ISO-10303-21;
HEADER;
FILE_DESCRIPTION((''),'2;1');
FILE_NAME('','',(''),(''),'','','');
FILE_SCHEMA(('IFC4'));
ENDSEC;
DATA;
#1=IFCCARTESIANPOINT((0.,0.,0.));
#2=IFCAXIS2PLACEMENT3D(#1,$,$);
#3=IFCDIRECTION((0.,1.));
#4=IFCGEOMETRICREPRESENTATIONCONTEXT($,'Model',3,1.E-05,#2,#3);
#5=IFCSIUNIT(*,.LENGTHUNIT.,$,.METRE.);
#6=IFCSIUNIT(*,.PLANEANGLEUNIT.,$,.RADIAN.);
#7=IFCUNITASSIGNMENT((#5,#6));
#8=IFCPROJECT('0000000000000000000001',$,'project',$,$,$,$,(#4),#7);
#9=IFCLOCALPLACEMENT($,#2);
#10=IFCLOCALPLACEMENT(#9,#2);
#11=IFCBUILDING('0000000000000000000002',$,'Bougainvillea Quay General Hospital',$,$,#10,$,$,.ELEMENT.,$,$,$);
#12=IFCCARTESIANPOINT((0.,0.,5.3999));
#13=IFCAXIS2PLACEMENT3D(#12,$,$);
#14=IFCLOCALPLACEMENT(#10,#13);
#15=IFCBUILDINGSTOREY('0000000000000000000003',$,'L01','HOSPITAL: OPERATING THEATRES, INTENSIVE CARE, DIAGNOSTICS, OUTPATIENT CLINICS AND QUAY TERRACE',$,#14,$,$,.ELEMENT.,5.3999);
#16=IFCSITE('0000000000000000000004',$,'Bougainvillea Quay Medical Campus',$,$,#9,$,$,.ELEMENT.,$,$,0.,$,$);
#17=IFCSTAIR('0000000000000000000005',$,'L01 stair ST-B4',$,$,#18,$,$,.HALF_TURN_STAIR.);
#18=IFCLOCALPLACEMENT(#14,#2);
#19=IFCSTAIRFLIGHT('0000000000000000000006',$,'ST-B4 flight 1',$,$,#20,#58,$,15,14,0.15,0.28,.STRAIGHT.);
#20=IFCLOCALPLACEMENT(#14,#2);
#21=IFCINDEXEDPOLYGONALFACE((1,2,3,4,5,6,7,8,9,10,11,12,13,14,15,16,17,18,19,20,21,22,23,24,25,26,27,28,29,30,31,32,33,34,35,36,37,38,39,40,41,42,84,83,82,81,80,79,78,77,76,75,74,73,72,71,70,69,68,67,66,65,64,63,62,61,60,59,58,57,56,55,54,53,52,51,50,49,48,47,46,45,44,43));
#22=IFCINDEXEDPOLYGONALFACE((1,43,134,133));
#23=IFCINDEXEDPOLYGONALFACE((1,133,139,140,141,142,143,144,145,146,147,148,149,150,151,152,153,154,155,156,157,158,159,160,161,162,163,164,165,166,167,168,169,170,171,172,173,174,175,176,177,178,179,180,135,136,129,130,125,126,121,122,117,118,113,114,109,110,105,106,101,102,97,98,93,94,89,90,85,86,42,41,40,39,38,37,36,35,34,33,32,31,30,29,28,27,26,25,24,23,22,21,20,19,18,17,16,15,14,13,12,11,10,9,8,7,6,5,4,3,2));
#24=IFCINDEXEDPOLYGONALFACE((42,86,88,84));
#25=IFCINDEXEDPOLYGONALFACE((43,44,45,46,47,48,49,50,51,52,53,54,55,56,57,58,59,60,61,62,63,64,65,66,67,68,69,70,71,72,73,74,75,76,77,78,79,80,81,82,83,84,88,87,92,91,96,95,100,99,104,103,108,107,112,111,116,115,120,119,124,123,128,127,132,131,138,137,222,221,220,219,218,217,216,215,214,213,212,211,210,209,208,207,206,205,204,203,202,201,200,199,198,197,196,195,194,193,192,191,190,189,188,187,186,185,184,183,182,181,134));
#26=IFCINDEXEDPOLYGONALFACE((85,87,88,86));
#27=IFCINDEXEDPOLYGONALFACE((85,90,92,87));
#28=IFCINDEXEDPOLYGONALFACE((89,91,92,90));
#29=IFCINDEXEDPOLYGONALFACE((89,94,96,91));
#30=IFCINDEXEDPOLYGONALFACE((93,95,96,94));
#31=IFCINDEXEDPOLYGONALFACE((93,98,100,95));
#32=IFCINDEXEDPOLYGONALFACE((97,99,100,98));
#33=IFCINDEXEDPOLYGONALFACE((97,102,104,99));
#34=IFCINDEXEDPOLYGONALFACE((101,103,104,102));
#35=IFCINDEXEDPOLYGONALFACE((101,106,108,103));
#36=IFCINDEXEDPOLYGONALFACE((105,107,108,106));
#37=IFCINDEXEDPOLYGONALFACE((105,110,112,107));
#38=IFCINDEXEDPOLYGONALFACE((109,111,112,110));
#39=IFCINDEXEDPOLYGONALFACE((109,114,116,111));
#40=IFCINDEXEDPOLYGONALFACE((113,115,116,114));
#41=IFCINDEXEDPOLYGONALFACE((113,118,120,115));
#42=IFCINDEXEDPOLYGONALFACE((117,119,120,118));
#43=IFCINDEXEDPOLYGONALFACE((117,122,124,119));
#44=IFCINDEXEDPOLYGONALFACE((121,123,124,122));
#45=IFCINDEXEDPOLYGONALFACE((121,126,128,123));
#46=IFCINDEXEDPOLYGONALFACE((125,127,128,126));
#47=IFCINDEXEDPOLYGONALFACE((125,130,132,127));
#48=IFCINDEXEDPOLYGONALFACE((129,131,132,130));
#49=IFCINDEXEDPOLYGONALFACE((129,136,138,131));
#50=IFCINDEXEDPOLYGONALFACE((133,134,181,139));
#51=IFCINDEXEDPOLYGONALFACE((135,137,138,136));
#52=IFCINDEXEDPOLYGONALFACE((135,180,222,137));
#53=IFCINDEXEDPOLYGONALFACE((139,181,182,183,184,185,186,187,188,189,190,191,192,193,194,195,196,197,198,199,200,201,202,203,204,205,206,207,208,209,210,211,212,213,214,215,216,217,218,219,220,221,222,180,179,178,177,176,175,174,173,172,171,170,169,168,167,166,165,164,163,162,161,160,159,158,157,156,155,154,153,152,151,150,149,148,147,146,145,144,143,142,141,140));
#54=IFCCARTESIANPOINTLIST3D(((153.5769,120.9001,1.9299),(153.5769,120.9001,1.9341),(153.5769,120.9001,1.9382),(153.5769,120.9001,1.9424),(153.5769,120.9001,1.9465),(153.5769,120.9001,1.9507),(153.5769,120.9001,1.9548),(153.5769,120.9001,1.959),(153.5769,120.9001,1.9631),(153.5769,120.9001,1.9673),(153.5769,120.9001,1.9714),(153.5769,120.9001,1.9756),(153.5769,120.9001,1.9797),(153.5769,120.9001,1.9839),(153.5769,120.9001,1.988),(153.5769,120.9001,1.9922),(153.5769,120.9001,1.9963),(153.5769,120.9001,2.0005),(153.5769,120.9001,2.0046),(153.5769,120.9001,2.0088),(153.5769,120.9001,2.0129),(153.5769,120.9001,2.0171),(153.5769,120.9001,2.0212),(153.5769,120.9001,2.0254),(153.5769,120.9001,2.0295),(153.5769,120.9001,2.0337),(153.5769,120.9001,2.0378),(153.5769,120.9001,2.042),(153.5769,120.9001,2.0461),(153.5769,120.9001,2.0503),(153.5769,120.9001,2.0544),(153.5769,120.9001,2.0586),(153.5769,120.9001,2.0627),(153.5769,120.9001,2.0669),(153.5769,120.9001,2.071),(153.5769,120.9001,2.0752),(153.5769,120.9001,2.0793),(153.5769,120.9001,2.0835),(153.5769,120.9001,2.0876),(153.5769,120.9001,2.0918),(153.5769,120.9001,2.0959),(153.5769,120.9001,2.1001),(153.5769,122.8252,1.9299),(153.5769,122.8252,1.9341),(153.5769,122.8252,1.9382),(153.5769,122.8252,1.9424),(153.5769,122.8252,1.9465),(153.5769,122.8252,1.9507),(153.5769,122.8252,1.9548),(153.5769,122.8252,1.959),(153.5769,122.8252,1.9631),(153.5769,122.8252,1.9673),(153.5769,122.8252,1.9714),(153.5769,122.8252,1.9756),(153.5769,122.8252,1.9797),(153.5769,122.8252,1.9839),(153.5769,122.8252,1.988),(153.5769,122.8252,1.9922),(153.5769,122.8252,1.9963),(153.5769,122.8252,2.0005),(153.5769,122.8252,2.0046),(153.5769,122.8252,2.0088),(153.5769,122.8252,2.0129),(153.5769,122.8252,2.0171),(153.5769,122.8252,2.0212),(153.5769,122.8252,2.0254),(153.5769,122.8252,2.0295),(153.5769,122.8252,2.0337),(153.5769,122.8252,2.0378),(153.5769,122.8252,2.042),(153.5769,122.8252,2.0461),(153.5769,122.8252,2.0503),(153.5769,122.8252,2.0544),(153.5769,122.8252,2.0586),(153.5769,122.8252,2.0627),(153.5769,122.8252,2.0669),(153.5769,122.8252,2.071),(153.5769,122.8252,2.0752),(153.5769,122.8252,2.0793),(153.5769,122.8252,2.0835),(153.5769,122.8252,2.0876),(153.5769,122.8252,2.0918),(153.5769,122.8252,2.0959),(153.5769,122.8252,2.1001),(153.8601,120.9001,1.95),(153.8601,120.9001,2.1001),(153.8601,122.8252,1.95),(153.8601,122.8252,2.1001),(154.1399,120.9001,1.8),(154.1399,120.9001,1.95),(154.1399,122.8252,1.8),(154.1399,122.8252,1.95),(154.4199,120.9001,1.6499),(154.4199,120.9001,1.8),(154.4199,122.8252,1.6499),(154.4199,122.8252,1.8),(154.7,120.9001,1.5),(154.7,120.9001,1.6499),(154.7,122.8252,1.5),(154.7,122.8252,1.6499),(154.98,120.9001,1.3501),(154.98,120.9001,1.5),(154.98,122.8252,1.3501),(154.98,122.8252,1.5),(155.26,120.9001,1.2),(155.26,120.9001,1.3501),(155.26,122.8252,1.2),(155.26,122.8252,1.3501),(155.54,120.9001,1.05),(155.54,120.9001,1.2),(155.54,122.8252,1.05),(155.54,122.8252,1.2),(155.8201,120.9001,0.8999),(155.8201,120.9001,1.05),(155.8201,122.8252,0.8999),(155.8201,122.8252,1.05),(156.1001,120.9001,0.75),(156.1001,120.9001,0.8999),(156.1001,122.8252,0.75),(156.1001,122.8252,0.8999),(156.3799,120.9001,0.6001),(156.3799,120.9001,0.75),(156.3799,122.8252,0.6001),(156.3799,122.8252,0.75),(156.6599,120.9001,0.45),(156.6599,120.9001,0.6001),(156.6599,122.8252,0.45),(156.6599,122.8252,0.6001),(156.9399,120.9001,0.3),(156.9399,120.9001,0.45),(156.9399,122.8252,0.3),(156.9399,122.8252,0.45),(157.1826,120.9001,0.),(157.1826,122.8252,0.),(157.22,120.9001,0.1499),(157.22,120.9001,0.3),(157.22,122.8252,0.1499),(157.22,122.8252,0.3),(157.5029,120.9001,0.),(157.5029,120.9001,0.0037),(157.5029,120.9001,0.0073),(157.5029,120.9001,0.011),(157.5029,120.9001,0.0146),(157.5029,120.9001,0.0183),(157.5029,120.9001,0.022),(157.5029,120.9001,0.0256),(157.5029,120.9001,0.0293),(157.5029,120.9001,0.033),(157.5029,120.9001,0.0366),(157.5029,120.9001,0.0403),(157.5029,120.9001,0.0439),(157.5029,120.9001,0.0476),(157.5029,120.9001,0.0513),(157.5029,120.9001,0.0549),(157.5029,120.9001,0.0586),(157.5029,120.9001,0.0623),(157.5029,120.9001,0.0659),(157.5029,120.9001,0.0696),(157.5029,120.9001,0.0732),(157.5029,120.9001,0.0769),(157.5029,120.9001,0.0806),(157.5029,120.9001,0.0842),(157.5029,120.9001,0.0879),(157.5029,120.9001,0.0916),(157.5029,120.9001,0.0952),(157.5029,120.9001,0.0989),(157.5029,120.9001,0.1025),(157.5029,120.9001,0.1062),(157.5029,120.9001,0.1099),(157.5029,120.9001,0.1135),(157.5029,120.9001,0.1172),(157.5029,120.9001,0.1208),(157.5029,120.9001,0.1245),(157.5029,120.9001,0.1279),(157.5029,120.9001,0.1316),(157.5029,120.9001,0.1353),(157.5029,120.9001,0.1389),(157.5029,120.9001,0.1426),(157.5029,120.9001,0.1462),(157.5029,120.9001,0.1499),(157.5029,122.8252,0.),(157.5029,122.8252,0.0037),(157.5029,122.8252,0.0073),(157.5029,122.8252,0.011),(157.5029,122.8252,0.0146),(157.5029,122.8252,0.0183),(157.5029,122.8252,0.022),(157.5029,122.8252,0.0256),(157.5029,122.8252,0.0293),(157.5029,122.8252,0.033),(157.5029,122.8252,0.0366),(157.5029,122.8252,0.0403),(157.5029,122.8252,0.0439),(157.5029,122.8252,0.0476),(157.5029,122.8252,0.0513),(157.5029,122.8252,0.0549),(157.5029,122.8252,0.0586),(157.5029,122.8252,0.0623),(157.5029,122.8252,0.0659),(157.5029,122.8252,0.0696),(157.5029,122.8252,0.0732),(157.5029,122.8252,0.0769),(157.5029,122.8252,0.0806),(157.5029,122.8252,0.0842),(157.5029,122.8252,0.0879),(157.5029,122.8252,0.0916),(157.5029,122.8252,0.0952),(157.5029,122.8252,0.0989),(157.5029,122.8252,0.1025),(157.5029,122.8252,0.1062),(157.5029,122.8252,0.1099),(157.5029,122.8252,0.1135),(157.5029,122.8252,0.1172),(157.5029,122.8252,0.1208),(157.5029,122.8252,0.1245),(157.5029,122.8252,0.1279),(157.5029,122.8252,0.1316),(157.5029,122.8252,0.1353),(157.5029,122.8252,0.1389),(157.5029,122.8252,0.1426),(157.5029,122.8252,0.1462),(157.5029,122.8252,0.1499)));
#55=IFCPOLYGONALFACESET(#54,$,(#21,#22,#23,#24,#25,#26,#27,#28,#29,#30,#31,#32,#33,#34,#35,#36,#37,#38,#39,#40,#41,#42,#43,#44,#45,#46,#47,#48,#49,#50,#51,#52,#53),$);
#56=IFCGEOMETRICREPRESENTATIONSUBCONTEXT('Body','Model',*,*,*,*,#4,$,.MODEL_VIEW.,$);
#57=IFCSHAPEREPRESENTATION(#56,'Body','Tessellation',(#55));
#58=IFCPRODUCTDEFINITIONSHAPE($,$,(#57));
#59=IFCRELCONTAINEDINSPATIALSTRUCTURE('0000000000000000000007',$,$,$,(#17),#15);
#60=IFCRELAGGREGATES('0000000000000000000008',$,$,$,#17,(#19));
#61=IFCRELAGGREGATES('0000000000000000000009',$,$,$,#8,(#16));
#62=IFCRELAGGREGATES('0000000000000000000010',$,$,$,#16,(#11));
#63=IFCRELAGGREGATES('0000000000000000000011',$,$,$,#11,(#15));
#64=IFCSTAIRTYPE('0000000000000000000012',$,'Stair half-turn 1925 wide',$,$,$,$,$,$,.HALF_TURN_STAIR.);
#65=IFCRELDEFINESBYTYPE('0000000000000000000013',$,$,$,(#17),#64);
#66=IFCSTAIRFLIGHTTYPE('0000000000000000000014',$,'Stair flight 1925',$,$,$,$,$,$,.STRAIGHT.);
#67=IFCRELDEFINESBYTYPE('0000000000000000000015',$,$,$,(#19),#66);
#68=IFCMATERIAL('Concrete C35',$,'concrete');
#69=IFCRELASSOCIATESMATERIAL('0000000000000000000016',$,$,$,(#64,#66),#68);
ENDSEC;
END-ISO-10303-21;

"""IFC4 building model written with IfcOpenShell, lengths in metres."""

from ifc_helpers import new_model, si_unit, direction, frame, origin, place, context, subcontext, project, spatial, polyline, outline, extrude, material, type_object, element, aggregate, save


model = new_model("IFC4")

# Units and contexts
model_context = context("Model", 3, precision=1e-05, world=origin(), true_north=direction((0.0, 1.0)))
body_context = subcontext(model_context, "Body", "Model", "MODEL_VIEW")
ifc_project = project(units=[si_unit("LENGTHUNIT", "METRE"), si_unit("PLANEANGLEUNIT", "RADIAN")], contexts=[model_context])

# Site, building, storey
site_placement = place(None, origin())
site = spatial("IfcSite", under=ifc_project, at=site_placement, Name="Bougainvillea Quay Medical Campus", CompositionType="ELEMENT", RefElevation=0.0)
building_placement = place(site_placement, origin())
building = spatial("IfcBuilding", under=site, at=building_placement, Name="Bougainvillea Quay General Hospital", CompositionType="ELEMENT")
storey_placement = place(building_placement, frame((0.0, 0.0, 5.3999)))
storey = spatial("IfcBuildingStorey", under=building, at=storey_placement, Name="L01", Description="HOSPITAL: OPERATING THEATRES, INTENSIVE CARE, DIAGNOSTICS, OUTPATIENT CLINICS AND QUAY TERRACE", CompositionType="ELEMENT", Elevation=5.3999)

# Stair, stair flight
ifc_material_1 = material(Name="Concrete C35", Category="concrete")
stair_type = type_object("IfcStairType", Name="Stair half-turn 1925 wide", PredefinedType="HALF_TURN_STAIR", material=ifc_material_1)
stair_placement = place(storey_placement, origin())
stair = element("IfcStair", 1, at=stair_placement, inside=storey, type_object=stair_type, Name="L01 stair ST-B4", PredefinedType="HALF_TURN_STAIR")
stair_flight_type = type_object("IfcStairFlightType", Name="Stair flight 1925", PredefinedType="STRAIGHT", material=ifc_material_1)
stair_flight_1_placement = place(storey_placement, frame((157.5, 121.8625, 0.0), z_axis=(0.0, 0.0, 1.0), x_axis=(-1.0, 0.0, 0.0)))
stair_flight_1 = element("IfcStairFlight", 2, at=stair_flight_1_placement, type_object=stair_flight_type, Name="ST-B4 flight 1", NumberOfRisers=15, NumberOfTreads=14, PredefinedType="STRAIGHT", RiserHeight=0.15, TreadLength=0.28, context=body_context, shape_type="SweptSolid", body=[
    extrude(outline(polyline([(-0.0029, 0.0), (-0.0029, 0.0037), (-0.0029, 0.0073), (-0.0029, 0.011), (-0.0029, 0.0146), (-0.0029, 0.0183), (-0.0029, 0.022), (-0.0029, 0.0256), (-0.0029, 0.0293), (-0.0029, 0.033), (-0.0029, 0.0366), (-0.0029, 0.0403), (-0.0029, 0.0439), (-0.0029, 0.0476), (-0.0029, 0.0513), (-0.0029, 0.0549), (-0.0029, 0.0586), (-0.0029, 0.0623), (-0.0029, 0.0659), (-0.0029, 0.0696), (-0.0029, 0.0732), (-0.0029, 0.0769), (-0.0029, 0.0806), (-0.0029, 0.0842), (-0.0029, 0.0879), (-0.0029, 0.0916), (-0.0029, 0.0952), (-0.0029, 0.0989), (-0.0029, 0.1025), (-0.0029, 0.1062), (-0.0029, 0.1099), (-0.0029, 0.1135), (-0.0029, 0.1172), (-0.0029, 0.1208), (-0.0029, 0.1245), (-0.0029, 0.1279), (-0.0029, 0.1316), (-0.0029, 0.1353), (-0.0029, 0.1389), (-0.0029, 0.1426), (-0.0029, 0.1462), (-0.0029, 0.1499), (0.28, 0.1499), (0.28, 0.3), (0.5601, 0.3), (0.5601, 0.45), (0.8401, 0.45), (0.8401, 0.6001), (1.1201, 0.6001), (1.1201, 0.75), (1.3999, 0.75), (1.3999, 0.8999), (1.6799, 0.8999), (1.6799, 1.05), (1.96, 1.05), (1.96, 1.2), (2.24, 1.2), (2.24, 1.3501), (2.52, 1.3501), (2.52, 1.5), (2.8, 1.5), (2.8, 1.6499), (3.0801, 1.6499), (3.0801, 1.8), (3.3601, 1.8), (3.3601, 1.95), (3.6399, 1.95), (3.6399, 2.1001), (3.9231, 2.1001), (3.9231, 2.0959), (3.9231, 2.0918), (3.9231, 2.0876), (3.9231, 2.0835), (3.9231, 2.0793), (3.9231, 2.0752), (3.9231, 2.071), (3.9231, 2.0669), (3.9231, 2.0627), (3.9231, 2.0586), (3.9231, 2.0544), (3.9231, 2.0503), (3.9231, 2.0461), (3.9231, 2.042), (3.9231, 2.0378), (3.9231, 2.0337), (3.9231, 2.0295), (3.9231, 2.0254), (3.9231, 2.0212), (3.9231, 2.0171), (3.9231, 2.0129), (3.9231, 2.0088), (3.9231, 2.0046), (3.9231, 2.0005), (3.9231, 1.9963), (3.9231, 1.9922), (3.9231, 1.988), (3.9231, 1.9839), (3.9231, 1.9797), (3.9231, 1.9756), (3.9231, 1.9714), (3.9231, 1.9673), (3.9231, 1.9631), (3.9231, 1.959), (3.9231, 1.9548), (3.9231, 1.9507), (3.9231, 1.9465), (3.9231, 1.9424), (3.9231, 1.9382), (3.9231, 1.9341), (3.9231, 1.9299), (0.3174, 0.0), (-0.0029, 0.0)])), frame((0.0, 0.9624, 0.0), z_axis=(0.0, -1.0, 0.0), x_axis=(1.0, 0.0, 0.0)), (0.0, 0.0, 1.0), 1.925),
])
aggregate(stair, [stair_flight_1])

save(model, "model.ifc")
